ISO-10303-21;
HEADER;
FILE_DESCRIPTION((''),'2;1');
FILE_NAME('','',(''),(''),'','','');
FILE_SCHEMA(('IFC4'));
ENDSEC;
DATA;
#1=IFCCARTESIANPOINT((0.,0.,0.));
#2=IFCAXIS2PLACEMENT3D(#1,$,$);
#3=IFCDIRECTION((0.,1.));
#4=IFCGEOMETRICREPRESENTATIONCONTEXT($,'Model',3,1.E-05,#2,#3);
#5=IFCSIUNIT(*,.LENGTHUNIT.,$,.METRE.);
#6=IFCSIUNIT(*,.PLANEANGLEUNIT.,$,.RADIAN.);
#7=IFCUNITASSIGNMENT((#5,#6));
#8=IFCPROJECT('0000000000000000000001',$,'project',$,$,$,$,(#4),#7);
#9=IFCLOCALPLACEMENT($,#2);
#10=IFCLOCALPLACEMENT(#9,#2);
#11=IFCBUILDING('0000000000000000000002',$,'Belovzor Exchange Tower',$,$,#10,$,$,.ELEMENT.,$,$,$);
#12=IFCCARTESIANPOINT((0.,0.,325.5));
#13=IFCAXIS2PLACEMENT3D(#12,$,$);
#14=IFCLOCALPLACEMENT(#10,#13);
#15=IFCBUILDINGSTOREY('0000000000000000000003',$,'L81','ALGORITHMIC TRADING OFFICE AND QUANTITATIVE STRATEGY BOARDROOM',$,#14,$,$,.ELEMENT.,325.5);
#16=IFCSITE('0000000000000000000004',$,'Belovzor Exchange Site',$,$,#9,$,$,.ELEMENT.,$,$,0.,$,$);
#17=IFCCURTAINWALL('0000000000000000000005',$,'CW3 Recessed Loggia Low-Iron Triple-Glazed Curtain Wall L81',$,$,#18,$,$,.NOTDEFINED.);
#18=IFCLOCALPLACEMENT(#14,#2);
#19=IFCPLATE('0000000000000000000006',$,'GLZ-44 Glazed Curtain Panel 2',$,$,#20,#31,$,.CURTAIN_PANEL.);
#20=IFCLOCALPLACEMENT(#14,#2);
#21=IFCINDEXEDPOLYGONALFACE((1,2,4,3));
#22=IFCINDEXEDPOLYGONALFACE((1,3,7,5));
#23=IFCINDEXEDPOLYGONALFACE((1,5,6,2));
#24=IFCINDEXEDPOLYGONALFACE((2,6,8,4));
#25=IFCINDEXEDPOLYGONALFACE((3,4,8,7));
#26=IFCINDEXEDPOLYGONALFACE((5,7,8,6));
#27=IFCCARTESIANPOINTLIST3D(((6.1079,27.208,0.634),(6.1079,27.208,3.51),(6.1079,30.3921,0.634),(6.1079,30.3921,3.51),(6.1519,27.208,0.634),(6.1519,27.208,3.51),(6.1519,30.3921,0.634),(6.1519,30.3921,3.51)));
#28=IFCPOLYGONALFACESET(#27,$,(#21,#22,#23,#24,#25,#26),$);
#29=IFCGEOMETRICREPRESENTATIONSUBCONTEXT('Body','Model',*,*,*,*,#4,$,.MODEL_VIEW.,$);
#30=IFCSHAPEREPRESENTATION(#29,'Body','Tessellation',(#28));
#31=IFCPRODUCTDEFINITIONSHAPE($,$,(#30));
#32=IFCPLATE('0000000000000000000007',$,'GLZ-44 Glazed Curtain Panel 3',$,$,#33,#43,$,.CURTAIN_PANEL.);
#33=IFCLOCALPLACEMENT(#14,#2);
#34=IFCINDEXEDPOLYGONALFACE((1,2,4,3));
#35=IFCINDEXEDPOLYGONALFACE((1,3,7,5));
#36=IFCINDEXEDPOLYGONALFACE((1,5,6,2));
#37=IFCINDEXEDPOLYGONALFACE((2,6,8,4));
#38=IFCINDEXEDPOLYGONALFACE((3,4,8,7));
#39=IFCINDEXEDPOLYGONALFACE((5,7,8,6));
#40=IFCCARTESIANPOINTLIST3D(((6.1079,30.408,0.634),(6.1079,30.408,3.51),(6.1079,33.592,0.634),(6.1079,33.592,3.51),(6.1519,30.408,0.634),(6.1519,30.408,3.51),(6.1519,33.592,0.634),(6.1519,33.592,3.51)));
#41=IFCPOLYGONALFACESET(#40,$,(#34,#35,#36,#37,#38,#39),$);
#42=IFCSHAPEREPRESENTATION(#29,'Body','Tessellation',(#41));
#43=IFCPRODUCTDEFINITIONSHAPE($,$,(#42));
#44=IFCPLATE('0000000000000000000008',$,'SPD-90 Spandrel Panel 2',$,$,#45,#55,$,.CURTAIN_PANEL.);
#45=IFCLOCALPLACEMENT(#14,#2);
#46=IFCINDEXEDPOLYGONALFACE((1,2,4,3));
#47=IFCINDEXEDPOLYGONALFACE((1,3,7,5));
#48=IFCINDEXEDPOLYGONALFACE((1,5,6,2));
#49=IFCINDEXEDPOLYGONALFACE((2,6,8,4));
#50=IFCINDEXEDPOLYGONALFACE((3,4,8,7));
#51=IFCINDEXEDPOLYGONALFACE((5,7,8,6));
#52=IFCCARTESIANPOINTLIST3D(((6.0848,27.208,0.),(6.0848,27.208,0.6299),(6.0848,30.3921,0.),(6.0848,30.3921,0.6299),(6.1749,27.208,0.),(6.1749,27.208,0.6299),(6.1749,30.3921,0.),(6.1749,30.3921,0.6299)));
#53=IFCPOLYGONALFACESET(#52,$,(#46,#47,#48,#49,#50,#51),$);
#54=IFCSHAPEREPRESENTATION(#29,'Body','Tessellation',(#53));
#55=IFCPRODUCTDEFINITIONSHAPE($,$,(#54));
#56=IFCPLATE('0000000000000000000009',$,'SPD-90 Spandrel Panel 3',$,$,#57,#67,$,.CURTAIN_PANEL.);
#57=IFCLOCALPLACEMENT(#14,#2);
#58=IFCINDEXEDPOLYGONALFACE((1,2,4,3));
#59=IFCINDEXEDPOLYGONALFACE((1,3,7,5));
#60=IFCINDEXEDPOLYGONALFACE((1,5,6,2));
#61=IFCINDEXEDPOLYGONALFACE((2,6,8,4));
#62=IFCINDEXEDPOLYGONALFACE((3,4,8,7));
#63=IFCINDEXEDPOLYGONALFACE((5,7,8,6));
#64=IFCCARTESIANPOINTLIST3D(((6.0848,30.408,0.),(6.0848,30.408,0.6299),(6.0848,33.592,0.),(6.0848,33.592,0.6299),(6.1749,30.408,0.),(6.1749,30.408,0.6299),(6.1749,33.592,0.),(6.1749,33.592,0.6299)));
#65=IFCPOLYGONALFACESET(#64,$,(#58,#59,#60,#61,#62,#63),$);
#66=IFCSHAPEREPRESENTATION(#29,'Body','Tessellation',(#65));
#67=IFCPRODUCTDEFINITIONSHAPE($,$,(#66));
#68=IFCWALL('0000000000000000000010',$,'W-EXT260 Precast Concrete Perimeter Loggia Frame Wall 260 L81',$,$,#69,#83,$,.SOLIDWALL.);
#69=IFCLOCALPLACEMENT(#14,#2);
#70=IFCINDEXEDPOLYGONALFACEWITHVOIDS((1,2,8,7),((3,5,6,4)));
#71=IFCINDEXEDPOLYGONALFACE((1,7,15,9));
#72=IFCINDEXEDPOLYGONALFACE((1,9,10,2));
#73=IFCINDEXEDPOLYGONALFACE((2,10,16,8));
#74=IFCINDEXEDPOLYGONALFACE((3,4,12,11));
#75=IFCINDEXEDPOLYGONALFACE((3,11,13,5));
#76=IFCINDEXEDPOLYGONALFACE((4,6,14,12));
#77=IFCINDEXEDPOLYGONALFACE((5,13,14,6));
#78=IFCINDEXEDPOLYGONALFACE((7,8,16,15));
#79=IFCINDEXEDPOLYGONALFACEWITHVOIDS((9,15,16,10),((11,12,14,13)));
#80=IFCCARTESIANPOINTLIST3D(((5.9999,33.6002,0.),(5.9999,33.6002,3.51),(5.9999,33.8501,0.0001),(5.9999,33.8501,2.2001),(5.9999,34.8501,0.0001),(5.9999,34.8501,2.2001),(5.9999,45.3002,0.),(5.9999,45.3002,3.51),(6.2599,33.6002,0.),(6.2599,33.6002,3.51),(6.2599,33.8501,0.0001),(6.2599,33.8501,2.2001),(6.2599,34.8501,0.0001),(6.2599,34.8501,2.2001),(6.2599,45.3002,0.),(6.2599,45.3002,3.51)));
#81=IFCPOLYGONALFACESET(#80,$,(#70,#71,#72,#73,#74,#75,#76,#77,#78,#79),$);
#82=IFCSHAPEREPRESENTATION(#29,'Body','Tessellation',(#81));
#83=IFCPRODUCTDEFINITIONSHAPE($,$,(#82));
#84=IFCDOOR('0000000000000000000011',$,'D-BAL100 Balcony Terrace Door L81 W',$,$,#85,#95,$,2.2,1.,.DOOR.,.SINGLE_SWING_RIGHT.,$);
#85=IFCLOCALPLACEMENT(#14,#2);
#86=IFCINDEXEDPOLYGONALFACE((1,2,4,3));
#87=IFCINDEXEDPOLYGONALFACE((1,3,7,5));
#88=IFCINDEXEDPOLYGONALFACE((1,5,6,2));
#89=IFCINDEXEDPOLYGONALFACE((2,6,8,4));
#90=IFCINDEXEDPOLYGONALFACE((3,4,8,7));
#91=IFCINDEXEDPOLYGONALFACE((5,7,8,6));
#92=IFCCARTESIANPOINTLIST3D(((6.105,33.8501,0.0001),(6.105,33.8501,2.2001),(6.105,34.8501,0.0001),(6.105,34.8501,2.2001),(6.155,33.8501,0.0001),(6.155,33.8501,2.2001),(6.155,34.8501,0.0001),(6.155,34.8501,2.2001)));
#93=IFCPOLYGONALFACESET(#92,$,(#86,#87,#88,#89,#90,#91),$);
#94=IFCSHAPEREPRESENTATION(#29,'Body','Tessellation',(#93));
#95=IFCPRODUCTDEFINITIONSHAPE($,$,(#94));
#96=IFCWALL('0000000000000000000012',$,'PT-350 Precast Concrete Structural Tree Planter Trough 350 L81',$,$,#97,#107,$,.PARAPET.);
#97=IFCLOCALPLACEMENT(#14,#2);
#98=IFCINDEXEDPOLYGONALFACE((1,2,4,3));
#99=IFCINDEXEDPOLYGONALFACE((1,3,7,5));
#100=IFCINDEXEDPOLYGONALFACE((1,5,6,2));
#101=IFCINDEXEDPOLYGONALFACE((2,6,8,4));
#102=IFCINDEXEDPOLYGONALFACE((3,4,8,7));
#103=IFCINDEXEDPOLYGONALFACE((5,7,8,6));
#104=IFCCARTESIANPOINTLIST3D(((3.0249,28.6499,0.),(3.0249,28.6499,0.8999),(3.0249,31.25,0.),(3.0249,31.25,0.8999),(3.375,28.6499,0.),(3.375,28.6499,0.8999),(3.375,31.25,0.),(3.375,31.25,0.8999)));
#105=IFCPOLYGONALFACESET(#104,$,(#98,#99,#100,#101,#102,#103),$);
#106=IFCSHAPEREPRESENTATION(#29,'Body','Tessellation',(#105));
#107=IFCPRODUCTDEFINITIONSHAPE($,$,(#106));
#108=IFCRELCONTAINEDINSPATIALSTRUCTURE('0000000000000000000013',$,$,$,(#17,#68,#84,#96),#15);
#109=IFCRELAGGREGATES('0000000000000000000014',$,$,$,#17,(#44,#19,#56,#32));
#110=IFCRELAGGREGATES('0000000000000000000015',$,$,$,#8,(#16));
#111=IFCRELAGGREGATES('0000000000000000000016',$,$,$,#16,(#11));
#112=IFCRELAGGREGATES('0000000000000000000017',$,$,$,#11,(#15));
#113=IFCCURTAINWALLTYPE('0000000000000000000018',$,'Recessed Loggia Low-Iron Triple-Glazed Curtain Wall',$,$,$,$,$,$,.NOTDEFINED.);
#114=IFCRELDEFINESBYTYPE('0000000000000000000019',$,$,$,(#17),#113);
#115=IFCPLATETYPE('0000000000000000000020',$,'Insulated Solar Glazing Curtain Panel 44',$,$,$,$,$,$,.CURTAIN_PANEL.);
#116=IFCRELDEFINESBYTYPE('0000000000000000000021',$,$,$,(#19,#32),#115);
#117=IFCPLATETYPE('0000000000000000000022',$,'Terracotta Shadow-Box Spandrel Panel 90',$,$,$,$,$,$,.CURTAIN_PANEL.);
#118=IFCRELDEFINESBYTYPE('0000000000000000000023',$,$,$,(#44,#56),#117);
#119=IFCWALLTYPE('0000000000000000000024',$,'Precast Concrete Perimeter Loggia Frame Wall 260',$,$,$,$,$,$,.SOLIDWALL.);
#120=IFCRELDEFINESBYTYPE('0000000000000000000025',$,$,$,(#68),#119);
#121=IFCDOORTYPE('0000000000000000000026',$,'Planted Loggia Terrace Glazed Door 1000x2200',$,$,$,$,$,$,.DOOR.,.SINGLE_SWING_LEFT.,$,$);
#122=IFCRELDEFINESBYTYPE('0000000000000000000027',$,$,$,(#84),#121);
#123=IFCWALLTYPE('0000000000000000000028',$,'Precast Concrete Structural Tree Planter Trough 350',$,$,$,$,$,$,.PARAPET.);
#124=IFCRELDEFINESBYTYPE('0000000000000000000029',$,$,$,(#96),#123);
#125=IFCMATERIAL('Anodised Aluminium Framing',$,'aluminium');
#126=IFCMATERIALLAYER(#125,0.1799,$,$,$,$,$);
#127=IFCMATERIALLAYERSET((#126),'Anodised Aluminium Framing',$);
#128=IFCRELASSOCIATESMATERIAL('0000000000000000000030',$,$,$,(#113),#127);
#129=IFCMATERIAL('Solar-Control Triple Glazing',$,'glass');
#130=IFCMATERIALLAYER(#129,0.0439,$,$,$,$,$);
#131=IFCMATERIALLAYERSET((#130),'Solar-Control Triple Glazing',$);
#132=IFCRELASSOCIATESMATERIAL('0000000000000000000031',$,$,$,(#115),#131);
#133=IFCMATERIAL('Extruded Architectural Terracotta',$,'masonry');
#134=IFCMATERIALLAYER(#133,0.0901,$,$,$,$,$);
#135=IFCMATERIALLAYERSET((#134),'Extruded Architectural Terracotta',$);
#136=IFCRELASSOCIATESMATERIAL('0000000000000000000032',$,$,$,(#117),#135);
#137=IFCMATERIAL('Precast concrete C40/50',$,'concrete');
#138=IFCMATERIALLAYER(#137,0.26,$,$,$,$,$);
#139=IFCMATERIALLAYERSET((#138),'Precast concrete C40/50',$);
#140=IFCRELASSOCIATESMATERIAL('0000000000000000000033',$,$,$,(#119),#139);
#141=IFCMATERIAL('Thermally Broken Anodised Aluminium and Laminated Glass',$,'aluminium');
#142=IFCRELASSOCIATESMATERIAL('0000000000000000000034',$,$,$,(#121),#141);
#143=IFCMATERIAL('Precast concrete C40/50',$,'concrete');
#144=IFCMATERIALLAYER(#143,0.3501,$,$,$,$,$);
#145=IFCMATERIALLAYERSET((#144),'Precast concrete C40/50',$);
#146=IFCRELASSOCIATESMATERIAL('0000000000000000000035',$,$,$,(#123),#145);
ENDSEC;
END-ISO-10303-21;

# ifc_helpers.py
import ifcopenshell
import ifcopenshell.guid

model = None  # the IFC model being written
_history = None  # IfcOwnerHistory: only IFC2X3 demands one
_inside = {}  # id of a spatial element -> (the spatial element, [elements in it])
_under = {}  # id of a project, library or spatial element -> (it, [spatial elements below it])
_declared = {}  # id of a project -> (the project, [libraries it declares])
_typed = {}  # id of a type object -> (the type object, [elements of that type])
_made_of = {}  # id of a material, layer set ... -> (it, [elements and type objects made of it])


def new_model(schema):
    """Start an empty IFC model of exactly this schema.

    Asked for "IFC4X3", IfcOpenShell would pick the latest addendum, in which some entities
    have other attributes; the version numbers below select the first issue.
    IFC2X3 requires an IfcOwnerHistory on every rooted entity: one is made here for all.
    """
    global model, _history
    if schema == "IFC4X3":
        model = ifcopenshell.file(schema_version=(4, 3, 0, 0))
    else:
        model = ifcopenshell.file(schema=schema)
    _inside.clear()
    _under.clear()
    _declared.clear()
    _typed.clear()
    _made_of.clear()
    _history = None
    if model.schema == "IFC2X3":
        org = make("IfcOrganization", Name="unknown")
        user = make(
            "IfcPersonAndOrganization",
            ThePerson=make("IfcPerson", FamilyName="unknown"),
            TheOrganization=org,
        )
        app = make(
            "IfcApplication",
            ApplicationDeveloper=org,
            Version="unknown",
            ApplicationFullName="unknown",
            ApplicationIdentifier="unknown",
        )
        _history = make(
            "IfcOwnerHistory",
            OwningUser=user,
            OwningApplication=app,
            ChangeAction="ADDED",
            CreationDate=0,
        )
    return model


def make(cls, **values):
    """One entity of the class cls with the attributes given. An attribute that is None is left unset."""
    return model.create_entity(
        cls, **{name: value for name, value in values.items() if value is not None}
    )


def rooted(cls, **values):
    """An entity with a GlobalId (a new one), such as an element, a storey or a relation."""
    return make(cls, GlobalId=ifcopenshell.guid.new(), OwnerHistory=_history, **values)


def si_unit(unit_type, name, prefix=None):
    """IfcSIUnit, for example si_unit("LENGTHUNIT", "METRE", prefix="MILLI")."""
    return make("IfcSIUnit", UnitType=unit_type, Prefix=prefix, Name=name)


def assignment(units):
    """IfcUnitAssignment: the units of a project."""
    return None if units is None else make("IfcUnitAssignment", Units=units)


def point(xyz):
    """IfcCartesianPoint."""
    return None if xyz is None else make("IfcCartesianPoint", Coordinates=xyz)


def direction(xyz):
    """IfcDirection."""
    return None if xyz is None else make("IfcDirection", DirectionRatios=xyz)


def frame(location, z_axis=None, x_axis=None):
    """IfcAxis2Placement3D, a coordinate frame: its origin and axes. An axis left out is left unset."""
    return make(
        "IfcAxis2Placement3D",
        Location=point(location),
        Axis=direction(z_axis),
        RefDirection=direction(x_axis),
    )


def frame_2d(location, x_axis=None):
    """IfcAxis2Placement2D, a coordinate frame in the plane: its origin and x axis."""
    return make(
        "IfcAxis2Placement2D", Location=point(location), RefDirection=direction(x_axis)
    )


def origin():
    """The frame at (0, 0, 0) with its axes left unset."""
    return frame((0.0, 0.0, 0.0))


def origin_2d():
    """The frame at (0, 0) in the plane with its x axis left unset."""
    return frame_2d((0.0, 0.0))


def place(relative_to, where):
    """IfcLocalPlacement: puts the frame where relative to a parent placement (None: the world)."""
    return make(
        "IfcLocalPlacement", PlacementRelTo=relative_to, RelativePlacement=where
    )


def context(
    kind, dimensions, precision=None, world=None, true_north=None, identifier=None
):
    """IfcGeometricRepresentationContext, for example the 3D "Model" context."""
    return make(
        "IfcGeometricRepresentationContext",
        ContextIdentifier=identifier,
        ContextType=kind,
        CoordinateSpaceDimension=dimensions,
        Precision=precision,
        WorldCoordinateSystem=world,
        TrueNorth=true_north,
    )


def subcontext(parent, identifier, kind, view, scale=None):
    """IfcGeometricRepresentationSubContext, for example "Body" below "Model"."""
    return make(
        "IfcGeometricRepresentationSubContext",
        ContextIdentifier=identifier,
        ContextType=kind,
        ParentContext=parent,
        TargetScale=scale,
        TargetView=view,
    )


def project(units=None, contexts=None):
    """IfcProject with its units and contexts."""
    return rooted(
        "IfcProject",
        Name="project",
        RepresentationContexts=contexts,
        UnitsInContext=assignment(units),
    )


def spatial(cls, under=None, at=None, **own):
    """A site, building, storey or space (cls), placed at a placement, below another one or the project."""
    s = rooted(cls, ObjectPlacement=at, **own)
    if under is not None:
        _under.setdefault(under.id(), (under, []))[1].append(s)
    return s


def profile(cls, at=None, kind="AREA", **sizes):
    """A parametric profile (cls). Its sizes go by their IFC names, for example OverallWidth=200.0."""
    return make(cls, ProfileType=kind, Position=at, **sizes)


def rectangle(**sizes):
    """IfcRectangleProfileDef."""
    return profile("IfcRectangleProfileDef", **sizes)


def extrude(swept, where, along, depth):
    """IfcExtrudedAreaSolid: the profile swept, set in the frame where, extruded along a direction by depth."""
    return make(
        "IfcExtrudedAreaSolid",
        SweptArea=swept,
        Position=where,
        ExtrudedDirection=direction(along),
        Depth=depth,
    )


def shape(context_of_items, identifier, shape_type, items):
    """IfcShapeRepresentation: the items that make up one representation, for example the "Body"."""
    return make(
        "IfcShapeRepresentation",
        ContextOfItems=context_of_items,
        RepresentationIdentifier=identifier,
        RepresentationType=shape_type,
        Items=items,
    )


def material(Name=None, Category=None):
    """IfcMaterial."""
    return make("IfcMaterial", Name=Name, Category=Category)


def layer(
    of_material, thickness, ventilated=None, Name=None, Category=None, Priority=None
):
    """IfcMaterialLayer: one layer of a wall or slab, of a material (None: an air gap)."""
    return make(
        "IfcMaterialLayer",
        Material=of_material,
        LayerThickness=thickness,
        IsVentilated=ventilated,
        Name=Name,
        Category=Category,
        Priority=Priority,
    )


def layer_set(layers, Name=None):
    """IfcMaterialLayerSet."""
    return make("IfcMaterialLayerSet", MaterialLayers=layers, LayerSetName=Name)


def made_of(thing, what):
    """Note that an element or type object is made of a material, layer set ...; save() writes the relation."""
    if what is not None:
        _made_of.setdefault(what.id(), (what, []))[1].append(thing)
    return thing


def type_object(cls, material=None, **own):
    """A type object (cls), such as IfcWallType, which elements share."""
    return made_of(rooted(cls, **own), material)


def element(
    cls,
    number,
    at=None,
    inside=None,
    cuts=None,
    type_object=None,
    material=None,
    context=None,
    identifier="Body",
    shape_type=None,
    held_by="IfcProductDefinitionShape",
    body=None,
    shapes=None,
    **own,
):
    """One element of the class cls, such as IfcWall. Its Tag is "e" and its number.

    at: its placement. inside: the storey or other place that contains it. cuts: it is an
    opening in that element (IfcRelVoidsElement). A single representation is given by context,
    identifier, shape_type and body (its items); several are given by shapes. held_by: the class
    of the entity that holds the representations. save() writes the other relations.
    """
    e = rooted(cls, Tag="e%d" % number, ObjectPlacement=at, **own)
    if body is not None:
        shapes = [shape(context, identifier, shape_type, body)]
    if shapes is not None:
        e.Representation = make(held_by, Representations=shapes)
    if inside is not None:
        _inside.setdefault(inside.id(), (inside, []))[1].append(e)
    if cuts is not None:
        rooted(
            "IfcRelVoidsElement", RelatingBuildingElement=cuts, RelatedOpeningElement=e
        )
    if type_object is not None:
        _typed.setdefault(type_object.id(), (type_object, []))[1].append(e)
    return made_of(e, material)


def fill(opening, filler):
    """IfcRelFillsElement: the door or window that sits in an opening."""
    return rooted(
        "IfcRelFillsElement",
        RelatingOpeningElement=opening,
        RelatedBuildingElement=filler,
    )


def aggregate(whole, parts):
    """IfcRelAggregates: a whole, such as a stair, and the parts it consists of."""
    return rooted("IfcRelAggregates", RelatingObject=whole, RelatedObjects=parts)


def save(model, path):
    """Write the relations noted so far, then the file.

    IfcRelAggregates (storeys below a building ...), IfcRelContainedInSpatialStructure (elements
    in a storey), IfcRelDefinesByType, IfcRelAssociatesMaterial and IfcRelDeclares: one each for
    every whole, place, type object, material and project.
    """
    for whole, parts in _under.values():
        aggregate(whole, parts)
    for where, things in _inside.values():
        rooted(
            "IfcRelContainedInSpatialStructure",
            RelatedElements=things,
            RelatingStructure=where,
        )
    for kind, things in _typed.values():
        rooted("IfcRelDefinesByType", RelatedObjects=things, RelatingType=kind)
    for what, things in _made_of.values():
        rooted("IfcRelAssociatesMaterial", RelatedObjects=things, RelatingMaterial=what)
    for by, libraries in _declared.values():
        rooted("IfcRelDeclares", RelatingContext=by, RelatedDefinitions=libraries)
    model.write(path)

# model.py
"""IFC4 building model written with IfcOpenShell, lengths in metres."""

from ifc_helpers import new_model, si_unit, direction, frame, frame_2d, origin, origin_2d, place, context, subcontext, project, spatial, rectangle, extrude, material, layer, layer_set, type_object, element, fill, aggregate, save


model = new_model("IFC4")

# Units and contexts
model_context = context("Model", 3, precision=1e-05, world=origin(), true_north=direction((0.0, 1.0)))
body_context = subcontext(model_context, "Body", "Model", "MODEL_VIEW")
ifc_project = project(units=[si_unit("LENGTHUNIT", "METRE"), si_unit("PLANEANGLEUNIT", "RADIAN")], contexts=[model_context])

# Site, building, storey
site_placement = place(None, origin())
site = spatial("IfcSite", under=ifc_project, at=site_placement, Name="Belovzor Exchange Site", CompositionType="ELEMENT", RefElevation=0.0)
building_placement = place(site_placement, origin())
building = spatial("IfcBuilding", under=site, at=building_placement, Name="Belovzor Exchange Tower", CompositionType="ELEMENT")
storey_placement = place(building_placement, frame((0.0, 0.0, 325.5)))
storey = spatial("IfcBuildingStorey", under=building, at=storey_placement, Name="L81", Description="ALGORITHMIC TRADING OFFICE AND QUANTITATIVE STRATEGY BOARDROOM", CompositionType="ELEMENT", Elevation=325.5)

# Curtain wall
ifc_material_1 = material(Name="Anodised Aluminium Framing", Category="aluminium")
ifc_layer_1 = layer(ifc_material_1, 0.1799)
ifc_layer_set_1 = layer_set([ifc_layer_1], Name="Anodised Aluminium Framing")
curtain_wall_type = type_object("IfcCurtainWallType", Name="Recessed Loggia Low-Iron Triple-Glazed Curtain Wall", PredefinedType="NOTDEFINED", material=ifc_layer_set_1)
curtain_wall_placement = place(storey_placement, origin())
curtain_wall = element("IfcCurtainWall", 1, at=curtain_wall_placement, inside=storey, type_object=curtain_wall_type, Name="CW3 Recessed Loggia Low-Iron Triple-Glazed Curtain Wall L81", PredefinedType="NOTDEFINED")

# Plates
ifc_material_2 = material(Name="Solar-Control Triple Glazing", Category="glass")
ifc_layer_2 = layer(ifc_material_2, 0.0439)
ifc_layer_set_2 = layer_set([ifc_layer_2], Name="Solar-Control Triple Glazing")
plate_type_1 = type_object("IfcPlateType", Name="Insulated Solar Glazing Curtain Panel 44", PredefinedType="CURTAIN_PANEL", material=ifc_layer_set_2)
plate_1_placement = place(storey_placement, frame((6.1299, 28.8, 0.634), z_axis=(0.0, 0.0, 1.0), x_axis=(0.0, 1.0, 0.0)))
plate_1 = element("IfcPlate", 2, at=plate_1_placement, type_object=plate_type_1, Name="GLZ-44 Glazed Curtain Panel 2", PredefinedType="CURTAIN_PANEL", context=body_context, shape_type="SweptSolid", body=[
    extrude(rectangle(XDim=3.1841, YDim=0.0439, at=origin_2d()), origin(), (0.0, 0.0, 1.0), 2.876),
])
plate_2_placement = place(storey_placement, frame((6.1299, 32.0, 0.634), z_axis=(0.0, 0.0, 1.0), x_axis=(0.0, 1.0, 0.0)))
plate_2 = element("IfcPlate", 3, at=plate_2_placement, type_object=plate_type_1, Name="GLZ-44 Glazed Curtain Panel 3", PredefinedType="CURTAIN_PANEL", context=body_context, shape_type="SweptSolid", body=[
    extrude(rectangle(XDim=3.1841, YDim=0.0439, at=origin_2d()), origin(), (0.0, 0.0, 1.0), 2.876),
])
ifc_material_3 = material(Name="Extruded Architectural Terracotta", Category="masonry")
ifc_layer_3 = layer(ifc_material_3, 0.0901)
ifc_layer_set_3 = layer_set([ifc_layer_3], Name="Extruded Architectural Terracotta")
plate_type_2 = type_object("IfcPlateType", Name="Terracotta Shadow-Box Spandrel Panel 90", PredefinedType="CURTAIN_PANEL", material=ifc_layer_set_3)
plate_3_placement = place(storey_placement, frame((6.1299, 28.8, 0.0), z_axis=(0.0, 0.0, 1.0), x_axis=(0.0, 1.0, 0.0)))
plate_3 = element("IfcPlate", 4, at=plate_3_placement, type_object=plate_type_2, Name="SPD-90 Spandrel Panel 2", PredefinedType="CURTAIN_PANEL", context=body_context, shape_type="SweptSolid", body=[
    extrude(rectangle(XDim=3.1841, YDim=0.0901, at=origin_2d()), origin(), (0.0, 0.0, 1.0), 0.6299),
])
plate_4_placement = place(storey_placement, frame((6.1299, 32.0, 0.0), z_axis=(0.0, 0.0, 1.0), x_axis=(0.0, 1.0, 0.0)))
plate_4 = element("IfcPlate", 5, at=plate_4_placement, type_object=plate_type_2, Name="SPD-90 Spandrel Panel 3", PredefinedType="CURTAIN_PANEL", context=body_context, shape_type="SweptSolid", body=[
    extrude(rectangle(XDim=3.1841, YDim=0.0901, at=origin_2d()), origin(), (0.0, 0.0, 1.0), 0.6299),
])
aggregate(curtain_wall, [plate_3, plate_1, plate_4, plate_2])

# Wall, opening, door
ifc_material_4 = material(Name="Precast concrete C40/50", Category="concrete")
ifc_layer_4 = layer(ifc_material_4, 0.26)
ifc_layer_set_4 = layer_set([ifc_layer_4], Name="Precast concrete C40/50")
wall_type_1 = type_object("IfcWallType", Name="Precast Concrete Perimeter Loggia Frame Wall 260", PredefinedType="SOLIDWALL", material=ifc_layer_set_4)
wall_1_placement = place(storey_placement, frame((6.1299, 33.6001, 0.0), z_axis=(0.0, 0.0, 1.0), x_axis=(0.0, 1.0, 0.0)))
wall_1 = element("IfcWall", 6, at=wall_1_placement, inside=storey, type_object=wall_type_1, Name="W-EXT260 Precast Concrete Perimeter Loggia Frame Wall 260 L81", PredefinedType="SOLIDWALL", context=body_context, shape_type="SweptSolid", body=[
    extrude(rectangle(XDim=11.7, YDim=0.26, at=frame_2d((5.8501, 0.0))), origin(), (0.0, 0.0, 1.0), 3.51),
])
opening_placement = place(wall_1_placement, frame((0.25, 0.0, 0.0)))
opening = element("IfcOpeningElement", 7, at=opening_placement, cuts=wall_1, PredefinedType="OPENING", context=body_context, shape_type="SweptSolid", body=[
    extrude(rectangle(XDim=1.0, YDim=2.2, at=frame_2d((0.5, 1.1001))), frame((0.0, 0.1399, 0.0), z_axis=(0.0, -1.0, 0.0), x_axis=(1.0, 0.0, 0.0)), (0.0, 0.0, 1.0), 0.28),
])
ifc_material_5 = material(Name="Thermally Broken Anodised Aluminium and Laminated Glass", Category="aluminium")
door_type = type_object("IfcDoorType", Name="Planted Loggia Terrace Glazed Door 1000x2200", OperationType="SINGLE_SWING_LEFT", PredefinedType="DOOR", material=ifc_material_5)
door_placement = place(opening_placement, origin())
door = element("IfcDoor", 8, at=door_placement, inside=storey, type_object=door_type, Name="D-BAL100 Balcony Terrace Door L81 W", OperationType="SINGLE_SWING_RIGHT", OverallHeight=2.2, OverallWidth=1.0, PredefinedType="DOOR", context=body_context, shape_type="SweptSolid", body=[
    extrude(rectangle(XDim=1.0, YDim=2.2, at=frame_2d((0.5, 1.1001))), frame((0.0, 0.0249, 0.0), z_axis=(0.0, -1.0, 0.0), x_axis=(1.0, 0.0, 0.0)), (0.0, 0.0, 1.0), 0.05),
])
fill(opening, door)

# Wall
ifc_material_6 = material(Name="Precast concrete C40/50", Category="concrete")
ifc_layer_5 = layer(ifc_material_6, 0.3501)
ifc_layer_set_5 = layer_set([ifc_layer_5], Name="Precast concrete C40/50")
wall_type_2 = type_object("IfcWallType", Name="Precast Concrete Structural Tree Planter Trough 350", PredefinedType="PARAPET", material=ifc_layer_set_5)
wall_2_placement = place(storey_placement, frame((3.2, 28.6499, 0.0), z_axis=(0.0, 0.0, 1.0), x_axis=(0.0, 1.0, 0.0)))
element("IfcWall", 9, at=wall_2_placement, inside=storey, type_object=wall_type_2, Name="PT-350 Precast Concrete Structural Tree Planter Trough 350 L81", PredefinedType="PARAPET", context=body_context, shape_type="SweptSolid", body=[
    extrude(rectangle(XDim=2.6001, YDim=0.3501, at=frame_2d((1.3, 0.0))), origin(), (0.0, 0.0, 1.0), 0.8999),
])

save(model, "model.ifc")
